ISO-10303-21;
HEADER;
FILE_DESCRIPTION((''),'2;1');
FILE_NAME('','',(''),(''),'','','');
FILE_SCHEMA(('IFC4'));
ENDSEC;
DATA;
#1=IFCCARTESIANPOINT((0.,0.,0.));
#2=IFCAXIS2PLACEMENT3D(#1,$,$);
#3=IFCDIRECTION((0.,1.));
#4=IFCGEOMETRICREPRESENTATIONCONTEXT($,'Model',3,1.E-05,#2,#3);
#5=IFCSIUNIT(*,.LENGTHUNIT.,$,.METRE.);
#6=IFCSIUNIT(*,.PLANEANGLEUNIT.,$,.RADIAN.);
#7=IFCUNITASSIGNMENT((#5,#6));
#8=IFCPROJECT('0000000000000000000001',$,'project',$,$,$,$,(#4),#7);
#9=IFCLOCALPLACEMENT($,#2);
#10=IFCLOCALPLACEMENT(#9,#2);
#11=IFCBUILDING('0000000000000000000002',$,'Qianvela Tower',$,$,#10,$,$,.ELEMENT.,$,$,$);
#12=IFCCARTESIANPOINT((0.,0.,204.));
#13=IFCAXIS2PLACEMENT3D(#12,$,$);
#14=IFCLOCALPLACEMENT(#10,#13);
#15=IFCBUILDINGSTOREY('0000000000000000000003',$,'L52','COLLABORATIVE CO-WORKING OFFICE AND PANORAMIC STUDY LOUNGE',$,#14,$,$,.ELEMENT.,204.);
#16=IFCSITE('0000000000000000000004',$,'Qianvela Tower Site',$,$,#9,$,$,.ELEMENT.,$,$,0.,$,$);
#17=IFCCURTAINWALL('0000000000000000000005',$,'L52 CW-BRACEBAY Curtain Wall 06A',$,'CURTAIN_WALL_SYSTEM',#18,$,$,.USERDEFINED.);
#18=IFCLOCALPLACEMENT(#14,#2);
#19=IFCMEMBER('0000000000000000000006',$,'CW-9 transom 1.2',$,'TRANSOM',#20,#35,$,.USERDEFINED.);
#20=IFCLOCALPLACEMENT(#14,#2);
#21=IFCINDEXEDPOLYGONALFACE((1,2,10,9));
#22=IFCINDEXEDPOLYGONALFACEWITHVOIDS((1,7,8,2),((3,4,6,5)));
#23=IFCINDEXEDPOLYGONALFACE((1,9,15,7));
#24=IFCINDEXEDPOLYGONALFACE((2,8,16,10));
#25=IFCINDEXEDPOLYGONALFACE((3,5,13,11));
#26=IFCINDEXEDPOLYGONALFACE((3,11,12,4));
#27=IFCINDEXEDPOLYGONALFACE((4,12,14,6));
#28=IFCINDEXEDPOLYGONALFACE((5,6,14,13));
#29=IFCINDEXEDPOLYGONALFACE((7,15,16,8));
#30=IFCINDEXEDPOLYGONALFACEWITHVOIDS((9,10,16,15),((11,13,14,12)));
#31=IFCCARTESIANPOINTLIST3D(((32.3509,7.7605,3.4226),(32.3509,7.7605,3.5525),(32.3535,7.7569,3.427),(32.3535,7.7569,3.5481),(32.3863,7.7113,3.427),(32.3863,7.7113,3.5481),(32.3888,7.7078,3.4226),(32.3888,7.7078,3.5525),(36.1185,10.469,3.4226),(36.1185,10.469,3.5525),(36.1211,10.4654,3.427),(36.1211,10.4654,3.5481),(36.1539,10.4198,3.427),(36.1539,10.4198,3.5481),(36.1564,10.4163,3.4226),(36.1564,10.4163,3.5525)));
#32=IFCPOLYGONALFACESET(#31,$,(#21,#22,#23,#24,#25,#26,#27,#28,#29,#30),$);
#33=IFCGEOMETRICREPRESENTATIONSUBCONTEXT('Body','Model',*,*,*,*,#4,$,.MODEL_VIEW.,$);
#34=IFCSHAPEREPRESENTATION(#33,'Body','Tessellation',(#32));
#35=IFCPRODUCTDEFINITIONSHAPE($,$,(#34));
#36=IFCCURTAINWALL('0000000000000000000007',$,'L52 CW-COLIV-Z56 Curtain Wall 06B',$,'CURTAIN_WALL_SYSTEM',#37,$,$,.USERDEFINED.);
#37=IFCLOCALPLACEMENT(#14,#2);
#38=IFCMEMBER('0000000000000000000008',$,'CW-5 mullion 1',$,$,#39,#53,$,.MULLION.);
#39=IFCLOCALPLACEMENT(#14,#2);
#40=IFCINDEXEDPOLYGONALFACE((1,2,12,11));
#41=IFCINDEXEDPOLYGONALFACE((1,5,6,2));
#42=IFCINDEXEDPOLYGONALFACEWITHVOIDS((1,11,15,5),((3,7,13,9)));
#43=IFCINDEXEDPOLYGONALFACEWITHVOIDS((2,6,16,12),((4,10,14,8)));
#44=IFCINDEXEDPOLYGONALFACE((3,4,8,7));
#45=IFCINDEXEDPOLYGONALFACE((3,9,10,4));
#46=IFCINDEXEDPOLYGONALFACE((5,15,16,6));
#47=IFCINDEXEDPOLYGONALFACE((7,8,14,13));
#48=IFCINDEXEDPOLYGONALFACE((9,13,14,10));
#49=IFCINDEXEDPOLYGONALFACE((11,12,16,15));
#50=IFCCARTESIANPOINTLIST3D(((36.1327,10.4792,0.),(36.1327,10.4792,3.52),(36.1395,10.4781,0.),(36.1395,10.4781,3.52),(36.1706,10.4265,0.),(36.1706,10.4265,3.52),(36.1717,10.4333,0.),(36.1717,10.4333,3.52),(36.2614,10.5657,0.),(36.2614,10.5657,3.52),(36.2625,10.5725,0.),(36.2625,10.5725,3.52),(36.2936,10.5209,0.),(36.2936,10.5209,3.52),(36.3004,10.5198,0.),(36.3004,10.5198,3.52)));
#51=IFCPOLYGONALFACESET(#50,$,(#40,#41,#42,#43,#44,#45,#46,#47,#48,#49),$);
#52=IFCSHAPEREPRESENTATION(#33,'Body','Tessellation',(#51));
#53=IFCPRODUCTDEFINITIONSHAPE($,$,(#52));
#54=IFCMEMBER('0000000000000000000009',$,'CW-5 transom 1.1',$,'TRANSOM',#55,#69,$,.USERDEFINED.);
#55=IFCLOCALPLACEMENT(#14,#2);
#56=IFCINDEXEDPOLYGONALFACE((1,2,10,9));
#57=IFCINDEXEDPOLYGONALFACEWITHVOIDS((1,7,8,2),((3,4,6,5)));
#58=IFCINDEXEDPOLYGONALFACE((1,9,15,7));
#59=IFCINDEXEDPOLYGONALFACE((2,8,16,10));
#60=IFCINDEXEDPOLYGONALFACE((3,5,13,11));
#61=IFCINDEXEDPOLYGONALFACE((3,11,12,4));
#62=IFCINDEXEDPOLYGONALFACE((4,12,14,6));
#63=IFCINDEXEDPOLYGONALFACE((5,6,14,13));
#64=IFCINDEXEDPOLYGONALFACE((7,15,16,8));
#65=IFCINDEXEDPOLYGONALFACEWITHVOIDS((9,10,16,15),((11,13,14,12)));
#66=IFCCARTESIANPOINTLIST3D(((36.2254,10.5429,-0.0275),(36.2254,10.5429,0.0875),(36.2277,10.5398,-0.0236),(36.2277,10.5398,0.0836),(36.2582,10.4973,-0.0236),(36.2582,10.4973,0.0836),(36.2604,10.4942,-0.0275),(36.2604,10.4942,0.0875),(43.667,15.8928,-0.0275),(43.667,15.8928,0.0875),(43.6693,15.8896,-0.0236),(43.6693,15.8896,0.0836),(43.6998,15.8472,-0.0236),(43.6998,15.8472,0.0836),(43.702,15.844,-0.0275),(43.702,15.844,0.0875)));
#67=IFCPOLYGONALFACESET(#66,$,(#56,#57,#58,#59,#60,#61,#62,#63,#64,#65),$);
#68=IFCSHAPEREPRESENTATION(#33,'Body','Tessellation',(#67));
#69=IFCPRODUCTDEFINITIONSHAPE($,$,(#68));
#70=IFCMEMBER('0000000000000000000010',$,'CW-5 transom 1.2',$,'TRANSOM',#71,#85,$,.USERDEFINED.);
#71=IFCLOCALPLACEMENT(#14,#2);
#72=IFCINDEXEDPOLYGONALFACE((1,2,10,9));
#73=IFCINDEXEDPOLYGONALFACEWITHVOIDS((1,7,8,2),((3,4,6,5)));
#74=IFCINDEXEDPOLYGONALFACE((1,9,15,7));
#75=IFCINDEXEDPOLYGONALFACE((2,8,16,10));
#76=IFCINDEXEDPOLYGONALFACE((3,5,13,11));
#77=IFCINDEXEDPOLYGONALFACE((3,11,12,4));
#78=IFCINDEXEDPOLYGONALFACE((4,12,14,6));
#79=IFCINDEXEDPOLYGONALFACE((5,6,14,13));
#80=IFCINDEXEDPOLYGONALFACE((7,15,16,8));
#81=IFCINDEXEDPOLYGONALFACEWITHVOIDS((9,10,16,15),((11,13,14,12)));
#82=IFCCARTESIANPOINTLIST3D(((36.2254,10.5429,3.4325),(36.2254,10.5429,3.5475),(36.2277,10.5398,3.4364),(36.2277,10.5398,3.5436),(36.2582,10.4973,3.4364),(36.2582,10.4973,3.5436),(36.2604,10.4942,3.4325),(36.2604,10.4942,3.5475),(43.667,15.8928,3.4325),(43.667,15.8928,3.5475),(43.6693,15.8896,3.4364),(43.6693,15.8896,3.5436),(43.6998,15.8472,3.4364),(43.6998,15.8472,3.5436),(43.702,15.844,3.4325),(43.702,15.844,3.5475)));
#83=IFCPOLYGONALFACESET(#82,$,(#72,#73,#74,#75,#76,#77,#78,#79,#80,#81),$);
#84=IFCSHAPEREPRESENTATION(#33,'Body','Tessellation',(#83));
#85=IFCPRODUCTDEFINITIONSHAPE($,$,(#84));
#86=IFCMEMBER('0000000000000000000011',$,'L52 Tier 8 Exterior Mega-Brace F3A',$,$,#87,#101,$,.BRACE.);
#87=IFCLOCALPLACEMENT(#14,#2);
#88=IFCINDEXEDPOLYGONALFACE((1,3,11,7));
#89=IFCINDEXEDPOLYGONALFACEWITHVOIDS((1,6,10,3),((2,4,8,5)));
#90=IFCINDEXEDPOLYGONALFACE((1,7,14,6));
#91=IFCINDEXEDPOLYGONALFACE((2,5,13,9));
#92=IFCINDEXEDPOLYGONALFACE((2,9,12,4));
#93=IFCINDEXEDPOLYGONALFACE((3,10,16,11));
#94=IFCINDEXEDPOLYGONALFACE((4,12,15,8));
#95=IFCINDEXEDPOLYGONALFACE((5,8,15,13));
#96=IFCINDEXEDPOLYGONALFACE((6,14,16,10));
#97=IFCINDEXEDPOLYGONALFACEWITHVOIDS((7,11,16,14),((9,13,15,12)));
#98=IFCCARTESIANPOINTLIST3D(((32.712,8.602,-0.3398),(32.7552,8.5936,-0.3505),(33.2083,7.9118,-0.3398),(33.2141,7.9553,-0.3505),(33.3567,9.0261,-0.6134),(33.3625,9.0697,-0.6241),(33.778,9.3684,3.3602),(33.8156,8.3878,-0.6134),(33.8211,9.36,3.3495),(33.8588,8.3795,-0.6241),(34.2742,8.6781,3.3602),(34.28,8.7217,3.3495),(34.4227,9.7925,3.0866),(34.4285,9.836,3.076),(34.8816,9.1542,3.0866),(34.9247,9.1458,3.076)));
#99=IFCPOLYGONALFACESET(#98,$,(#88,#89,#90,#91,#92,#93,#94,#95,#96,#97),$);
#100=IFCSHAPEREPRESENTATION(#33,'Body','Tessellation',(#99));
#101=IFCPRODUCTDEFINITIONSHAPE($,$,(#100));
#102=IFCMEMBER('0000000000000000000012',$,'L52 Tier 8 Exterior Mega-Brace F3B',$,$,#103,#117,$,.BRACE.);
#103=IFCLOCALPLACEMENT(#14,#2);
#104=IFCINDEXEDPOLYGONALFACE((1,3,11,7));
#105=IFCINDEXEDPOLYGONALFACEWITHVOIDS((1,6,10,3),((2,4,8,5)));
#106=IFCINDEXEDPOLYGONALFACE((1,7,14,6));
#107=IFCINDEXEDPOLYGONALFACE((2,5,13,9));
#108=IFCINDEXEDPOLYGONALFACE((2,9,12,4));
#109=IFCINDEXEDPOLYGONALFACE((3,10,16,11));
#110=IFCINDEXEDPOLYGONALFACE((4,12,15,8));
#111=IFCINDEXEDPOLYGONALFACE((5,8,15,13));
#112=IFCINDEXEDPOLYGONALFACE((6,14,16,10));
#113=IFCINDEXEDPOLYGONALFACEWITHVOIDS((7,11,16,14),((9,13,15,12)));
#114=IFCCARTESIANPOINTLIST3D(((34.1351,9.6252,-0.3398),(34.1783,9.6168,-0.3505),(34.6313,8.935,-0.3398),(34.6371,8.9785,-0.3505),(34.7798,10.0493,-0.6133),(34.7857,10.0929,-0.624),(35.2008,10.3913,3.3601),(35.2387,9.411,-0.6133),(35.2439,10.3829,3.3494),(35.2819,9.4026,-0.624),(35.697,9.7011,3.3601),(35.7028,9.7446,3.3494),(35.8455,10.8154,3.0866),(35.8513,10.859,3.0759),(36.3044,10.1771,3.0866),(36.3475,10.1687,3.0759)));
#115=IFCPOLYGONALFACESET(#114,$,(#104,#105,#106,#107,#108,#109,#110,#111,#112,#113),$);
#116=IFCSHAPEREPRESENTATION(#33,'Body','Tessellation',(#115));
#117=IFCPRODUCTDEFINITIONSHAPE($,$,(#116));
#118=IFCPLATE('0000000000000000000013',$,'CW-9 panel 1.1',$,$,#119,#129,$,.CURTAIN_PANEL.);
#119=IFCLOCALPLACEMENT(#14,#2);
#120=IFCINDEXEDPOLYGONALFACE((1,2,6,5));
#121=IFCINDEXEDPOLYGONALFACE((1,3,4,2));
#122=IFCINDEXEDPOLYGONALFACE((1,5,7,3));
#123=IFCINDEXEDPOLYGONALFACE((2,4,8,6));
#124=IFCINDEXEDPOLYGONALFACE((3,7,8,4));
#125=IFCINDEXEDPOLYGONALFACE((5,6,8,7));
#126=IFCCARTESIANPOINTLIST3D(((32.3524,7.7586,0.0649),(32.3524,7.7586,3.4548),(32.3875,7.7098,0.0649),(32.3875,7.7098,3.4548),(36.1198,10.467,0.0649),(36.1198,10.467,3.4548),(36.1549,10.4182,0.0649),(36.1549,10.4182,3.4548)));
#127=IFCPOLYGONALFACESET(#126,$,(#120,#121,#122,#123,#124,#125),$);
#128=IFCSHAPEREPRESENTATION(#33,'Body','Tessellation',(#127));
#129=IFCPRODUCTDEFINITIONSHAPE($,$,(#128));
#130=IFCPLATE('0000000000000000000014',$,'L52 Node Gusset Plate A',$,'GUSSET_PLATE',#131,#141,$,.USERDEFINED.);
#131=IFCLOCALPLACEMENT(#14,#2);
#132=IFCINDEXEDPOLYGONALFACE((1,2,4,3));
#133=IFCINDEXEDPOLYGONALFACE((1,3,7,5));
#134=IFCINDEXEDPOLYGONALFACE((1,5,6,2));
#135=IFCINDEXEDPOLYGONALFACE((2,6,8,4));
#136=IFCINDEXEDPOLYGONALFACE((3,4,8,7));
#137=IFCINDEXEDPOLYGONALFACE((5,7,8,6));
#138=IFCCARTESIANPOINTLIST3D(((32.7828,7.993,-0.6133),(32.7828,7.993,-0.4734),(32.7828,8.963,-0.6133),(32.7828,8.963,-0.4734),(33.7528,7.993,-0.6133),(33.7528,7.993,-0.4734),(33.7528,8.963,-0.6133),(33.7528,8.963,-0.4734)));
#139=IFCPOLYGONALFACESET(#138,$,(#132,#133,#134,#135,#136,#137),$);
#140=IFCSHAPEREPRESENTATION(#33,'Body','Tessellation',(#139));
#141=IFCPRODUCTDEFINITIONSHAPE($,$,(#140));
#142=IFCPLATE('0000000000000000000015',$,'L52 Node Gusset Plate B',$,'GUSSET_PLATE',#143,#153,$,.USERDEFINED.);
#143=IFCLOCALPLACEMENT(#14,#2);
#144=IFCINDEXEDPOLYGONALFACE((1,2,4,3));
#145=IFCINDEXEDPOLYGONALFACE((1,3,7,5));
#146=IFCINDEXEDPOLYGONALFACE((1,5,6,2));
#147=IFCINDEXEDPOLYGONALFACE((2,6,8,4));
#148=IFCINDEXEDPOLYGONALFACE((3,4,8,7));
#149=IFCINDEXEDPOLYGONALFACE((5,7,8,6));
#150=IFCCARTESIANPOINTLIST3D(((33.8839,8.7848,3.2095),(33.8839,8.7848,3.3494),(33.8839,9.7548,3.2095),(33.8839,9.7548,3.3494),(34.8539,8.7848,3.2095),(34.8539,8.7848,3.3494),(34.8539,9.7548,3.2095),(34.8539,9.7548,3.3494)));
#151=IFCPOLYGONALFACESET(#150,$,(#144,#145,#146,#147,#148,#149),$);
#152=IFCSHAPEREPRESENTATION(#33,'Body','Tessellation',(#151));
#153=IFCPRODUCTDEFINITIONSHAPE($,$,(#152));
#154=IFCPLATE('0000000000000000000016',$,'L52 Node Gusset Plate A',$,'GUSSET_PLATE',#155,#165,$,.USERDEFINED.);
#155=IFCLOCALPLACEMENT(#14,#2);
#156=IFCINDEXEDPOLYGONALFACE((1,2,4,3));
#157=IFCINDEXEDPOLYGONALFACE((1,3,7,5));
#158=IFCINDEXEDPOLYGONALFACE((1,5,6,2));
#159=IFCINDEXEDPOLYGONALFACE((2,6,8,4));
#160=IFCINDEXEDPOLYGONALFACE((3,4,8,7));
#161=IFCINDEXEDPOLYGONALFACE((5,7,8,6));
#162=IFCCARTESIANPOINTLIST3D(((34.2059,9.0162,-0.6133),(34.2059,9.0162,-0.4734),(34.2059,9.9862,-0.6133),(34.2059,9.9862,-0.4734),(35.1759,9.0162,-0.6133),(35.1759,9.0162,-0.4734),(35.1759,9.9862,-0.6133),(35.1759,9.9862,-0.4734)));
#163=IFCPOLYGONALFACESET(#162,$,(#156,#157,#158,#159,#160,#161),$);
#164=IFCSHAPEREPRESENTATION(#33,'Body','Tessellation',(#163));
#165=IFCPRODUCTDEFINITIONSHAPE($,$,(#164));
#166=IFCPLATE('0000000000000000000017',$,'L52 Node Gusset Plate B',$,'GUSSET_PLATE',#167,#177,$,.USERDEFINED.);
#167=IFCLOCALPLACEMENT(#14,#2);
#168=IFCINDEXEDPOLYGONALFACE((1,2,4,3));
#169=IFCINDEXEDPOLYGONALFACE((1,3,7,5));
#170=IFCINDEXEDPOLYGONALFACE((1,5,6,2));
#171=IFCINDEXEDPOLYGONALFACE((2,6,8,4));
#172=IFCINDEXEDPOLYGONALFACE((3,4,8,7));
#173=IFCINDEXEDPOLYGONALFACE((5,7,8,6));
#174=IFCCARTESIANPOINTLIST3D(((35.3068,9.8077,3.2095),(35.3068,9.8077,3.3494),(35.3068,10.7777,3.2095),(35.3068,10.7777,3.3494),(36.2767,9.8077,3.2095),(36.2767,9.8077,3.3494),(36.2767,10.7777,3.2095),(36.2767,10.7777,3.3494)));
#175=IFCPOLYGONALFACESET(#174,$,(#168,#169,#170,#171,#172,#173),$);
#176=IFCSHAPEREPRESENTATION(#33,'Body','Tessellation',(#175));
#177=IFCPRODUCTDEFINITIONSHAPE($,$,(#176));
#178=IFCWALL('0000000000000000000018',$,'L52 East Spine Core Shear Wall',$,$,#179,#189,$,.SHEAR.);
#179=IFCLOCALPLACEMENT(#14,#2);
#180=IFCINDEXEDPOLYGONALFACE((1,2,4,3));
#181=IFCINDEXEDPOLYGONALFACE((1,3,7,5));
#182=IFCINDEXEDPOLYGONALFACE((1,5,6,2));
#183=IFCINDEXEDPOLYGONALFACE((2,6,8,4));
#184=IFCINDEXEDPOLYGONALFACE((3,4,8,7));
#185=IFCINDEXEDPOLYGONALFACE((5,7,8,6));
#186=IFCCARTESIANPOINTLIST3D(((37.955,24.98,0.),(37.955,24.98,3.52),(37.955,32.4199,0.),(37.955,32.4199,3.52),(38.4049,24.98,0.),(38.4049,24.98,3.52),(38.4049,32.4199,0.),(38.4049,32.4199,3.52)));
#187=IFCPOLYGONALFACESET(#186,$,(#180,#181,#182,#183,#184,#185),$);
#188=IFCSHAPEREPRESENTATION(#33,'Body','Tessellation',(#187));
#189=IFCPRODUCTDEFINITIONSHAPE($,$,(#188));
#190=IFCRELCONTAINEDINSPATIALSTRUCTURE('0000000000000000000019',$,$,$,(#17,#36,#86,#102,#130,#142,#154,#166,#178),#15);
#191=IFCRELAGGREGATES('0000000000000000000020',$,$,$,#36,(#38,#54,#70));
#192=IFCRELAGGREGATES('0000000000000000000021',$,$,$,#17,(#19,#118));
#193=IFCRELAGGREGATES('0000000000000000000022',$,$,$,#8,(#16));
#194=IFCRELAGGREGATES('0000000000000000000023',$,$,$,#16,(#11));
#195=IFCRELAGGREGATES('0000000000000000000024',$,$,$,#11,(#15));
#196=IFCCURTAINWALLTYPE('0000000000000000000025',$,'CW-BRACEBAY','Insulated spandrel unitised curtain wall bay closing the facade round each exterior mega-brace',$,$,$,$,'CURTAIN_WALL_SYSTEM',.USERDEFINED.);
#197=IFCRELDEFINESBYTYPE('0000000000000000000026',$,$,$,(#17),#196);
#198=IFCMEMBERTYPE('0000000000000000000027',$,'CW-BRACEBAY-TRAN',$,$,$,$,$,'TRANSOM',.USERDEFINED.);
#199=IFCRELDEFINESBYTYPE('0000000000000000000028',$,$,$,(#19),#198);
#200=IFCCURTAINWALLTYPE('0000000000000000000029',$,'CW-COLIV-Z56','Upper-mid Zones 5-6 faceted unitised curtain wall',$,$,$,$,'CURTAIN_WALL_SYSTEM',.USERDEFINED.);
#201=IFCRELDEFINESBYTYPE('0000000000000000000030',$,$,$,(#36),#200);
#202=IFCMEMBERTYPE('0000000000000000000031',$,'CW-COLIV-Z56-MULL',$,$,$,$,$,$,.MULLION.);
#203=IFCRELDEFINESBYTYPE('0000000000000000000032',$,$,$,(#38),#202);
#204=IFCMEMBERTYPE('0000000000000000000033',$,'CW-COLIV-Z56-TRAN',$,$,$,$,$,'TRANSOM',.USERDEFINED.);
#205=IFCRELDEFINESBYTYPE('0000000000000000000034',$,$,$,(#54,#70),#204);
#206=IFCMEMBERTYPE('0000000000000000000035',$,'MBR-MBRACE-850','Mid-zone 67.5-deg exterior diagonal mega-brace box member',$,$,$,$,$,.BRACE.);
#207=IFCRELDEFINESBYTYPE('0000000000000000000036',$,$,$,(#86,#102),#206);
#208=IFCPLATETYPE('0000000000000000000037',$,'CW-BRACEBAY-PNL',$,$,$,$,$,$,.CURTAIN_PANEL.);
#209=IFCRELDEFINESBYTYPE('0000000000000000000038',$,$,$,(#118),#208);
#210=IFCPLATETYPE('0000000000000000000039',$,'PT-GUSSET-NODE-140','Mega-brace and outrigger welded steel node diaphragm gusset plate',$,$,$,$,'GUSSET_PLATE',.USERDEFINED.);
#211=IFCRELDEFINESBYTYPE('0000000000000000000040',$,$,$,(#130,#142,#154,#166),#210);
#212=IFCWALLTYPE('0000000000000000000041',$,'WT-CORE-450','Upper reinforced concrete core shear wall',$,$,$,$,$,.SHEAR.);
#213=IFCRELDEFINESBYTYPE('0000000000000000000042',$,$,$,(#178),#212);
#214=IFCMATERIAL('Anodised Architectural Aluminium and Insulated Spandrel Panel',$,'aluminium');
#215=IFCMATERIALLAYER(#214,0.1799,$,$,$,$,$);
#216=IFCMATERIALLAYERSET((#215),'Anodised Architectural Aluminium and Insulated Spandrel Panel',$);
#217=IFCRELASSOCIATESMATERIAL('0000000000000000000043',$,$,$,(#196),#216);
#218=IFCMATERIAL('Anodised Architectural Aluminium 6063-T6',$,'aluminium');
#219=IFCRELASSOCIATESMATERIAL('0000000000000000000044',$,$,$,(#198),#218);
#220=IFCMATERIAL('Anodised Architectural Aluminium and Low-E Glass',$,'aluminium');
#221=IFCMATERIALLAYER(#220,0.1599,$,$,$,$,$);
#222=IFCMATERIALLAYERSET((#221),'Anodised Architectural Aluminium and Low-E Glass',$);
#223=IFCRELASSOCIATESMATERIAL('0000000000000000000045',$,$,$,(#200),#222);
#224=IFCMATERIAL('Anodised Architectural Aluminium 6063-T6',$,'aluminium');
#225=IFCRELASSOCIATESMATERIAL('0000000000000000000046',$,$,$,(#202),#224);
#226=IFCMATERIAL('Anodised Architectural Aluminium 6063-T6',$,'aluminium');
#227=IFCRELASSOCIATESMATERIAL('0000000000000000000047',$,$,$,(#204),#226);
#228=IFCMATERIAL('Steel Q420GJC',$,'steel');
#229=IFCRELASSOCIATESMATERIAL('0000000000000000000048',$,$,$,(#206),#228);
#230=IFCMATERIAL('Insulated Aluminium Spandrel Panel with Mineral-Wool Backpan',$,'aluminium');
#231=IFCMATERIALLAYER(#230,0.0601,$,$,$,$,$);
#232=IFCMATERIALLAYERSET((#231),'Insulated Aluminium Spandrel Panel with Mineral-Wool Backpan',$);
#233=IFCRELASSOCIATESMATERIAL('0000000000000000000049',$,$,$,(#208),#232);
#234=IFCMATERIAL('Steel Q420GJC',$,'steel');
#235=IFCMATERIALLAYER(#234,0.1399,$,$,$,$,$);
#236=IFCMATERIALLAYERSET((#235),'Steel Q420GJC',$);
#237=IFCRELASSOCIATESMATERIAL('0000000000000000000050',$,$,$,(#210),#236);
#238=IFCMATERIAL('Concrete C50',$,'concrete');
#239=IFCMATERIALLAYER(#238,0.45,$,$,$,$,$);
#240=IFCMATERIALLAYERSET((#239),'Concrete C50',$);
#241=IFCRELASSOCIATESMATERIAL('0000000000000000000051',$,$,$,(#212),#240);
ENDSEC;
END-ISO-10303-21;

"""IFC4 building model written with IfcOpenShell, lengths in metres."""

from ifc_helpers import new_model, si_unit, direction, frame, frame_2d, origin, origin_2d, place, context, subcontext, project, spatial, rectangle, hollow_rectangle, extrude, material, layer, layer_set, material_profile, profile_set, type_object, element, aggregate, save


model = new_model("IFC4")

# Units and contexts
model_context = context("Model", 3, precision=1e-05, world=origin(), true_north=direction((0.0, 1.0)))
body_context = subcontext(model_context, "Body", "Model", "MODEL_VIEW")
ifc_project = project(units=[si_unit("LENGTHUNIT", "METRE"), si_unit("PLANEANGLEUNIT", "RADIAN")], contexts=[model_context])

# Site, building, storey
site_placement = place(None, origin())
site = spatial("IfcSite", under=ifc_project, at=site_placement, Name="Qianvela Tower Site", CompositionType="ELEMENT", RefElevation=0.0)
building_placement = place(site_placement, origin())
building = spatial("IfcBuilding", under=site, at=building_placement, Name="Qianvela Tower", CompositionType="ELEMENT")
storey_placement = place(building_placement, frame((0.0, 0.0, 204.0)))
storey = spatial("IfcBuildingStorey", under=building, at=storey_placement, Name="L52", Description="COLLABORATIVE CO-WORKING OFFICE AND PANORAMIC STUDY LOUNGE", CompositionType="ELEMENT", Elevation=204.0)

# Curtain walls, members
ifc_material_1 = material(Name="Anodised Architectural Aluminium and Insulated Spandrel Panel", Category="aluminium")
ifc_layer_1 = layer(ifc_material_1, 0.1799)
ifc_layer_set_1 = layer_set([ifc_layer_1], Name="Anodised Architectural Aluminium and Insulated Spandrel Panel")
curtain_wall_type_1 = type_object("IfcCurtainWallType", Name="CW-BRACEBAY", Description="Insulated spandrel unitised curtain wall bay closing the facade round each exterior mega-brace", ElementType="CURTAIN_WALL_SYSTEM", PredefinedType="USERDEFINED", material=ifc_layer_set_1)
curtain_wall_1_placement = place(storey_placement, origin())
curtain_wall_1 = element("IfcCurtainWall", 1, at=curtain_wall_1_placement, inside=storey, type_object=curtain_wall_type_1, Name="L52 CW-BRACEBAY Curtain Wall 06A", ObjectType="CURTAIN_WALL_SYSTEM", PredefinedType="USERDEFINED")
ifc_material_2 = material(Name="Anodised Architectural Aluminium 6063-T6", Category="aluminium")
ifc_material_profile_1 = material_profile(ifc_material_2, hollow_rectangle(XDim=0.0649, YDim=0.1299, WallThickness=0.0044, at=origin_2d()), Name="ALU-TRAN-65x130")
ifc_profile_set_1 = profile_set([ifc_material_profile_1], Name="Anodised Architectural Aluminium 6063-T6")
member_type_1 = type_object("IfcMemberType", Name="CW-BRACEBAY-TRAN", ElementType="TRANSOM", PredefinedType="USERDEFINED", material=ifc_profile_set_1)
member_1_placement = place(storey_placement, frame((32.3699, 7.7341, 3.4875), z_axis=(0.811959, 0.583714, 0.0), x_axis=(-0.583714, 0.811959, 0.0)))
member_1 = element("IfcMember", 2, at=member_1_placement, type_object=member_type_1, Name="CW-9 transom 1.2", ObjectType="TRANSOM", PredefinedType="USERDEFINED", context=body_context, shape_type="SweptSolid", body=[
    extrude(hollow_rectangle(XDim=0.0649, YDim=0.1299, WallThickness=0.0044, at=origin_2d()), origin(), (0.0, 0.0, 1.0), 4.6401),
])
ifc_material_3 = material(Name="Anodised Architectural Aluminium and Low-E Glass", Category="aluminium")
ifc_layer_2 = layer(ifc_material_3, 0.1599)
ifc_layer_set_2 = layer_set([ifc_layer_2], Name="Anodised Architectural Aluminium and Low-E Glass")
curtain_wall_type_2 = type_object("IfcCurtainWallType", Name="CW-COLIV-Z56", Description="Upper-mid Zones 5-6 faceted unitised curtain wall", ElementType="CURTAIN_WALL_SYSTEM", PredefinedType="USERDEFINED", material=ifc_layer_set_2)
curtain_wall_2_placement = place(storey_placement, origin())
curtain_wall_2 = element("IfcCurtainWall", 3, at=curtain_wall_2_placement, inside=storey, type_object=curtain_wall_type_2, Name="L52 CW-COLIV-Z56 Curtain Wall 06B", ObjectType="CURTAIN_WALL_SYSTEM", PredefinedType="USERDEFINED")
ifc_material_4 = material(Name="Anodised Architectural Aluminium 6063-T6", Category="aluminium")
ifc_material_profile_2 = material_profile(ifc_material_4, hollow_rectangle(XDim=0.0649, YDim=0.1599, WallThickness=0.0049, at=origin_2d()), Name="ALU-MULL-65x160")
ifc_profile_set_2 = profile_set([ifc_material_profile_2], Name="Anodised Architectural Aluminium 6063-T6")
member_type_2 = type_object("IfcMemberType", Name="CW-COLIV-Z56-MULL", PredefinedType="MULLION", material=ifc_profile_set_2)
member_2_placement = place(storey_placement, frame((36.2166, 10.4995, 0.0), z_axis=(0.0, 0.0, 1.0), x_axis=(-0.583725, 0.811952, 0.0)))
member_2 = element("IfcMember", 4, at=member_2_placement, type_object=member_type_2, Name="CW-5 mullion 1", PredefinedType="MULLION", context=body_context, shape_type="SweptSolid", body=[
    extrude(hollow_rectangle(XDim=0.0649, YDim=0.1599, WallThickness=0.0049, at=origin_2d()), origin(), (0.0, 0.0, 1.0), 3.52),
])
ifc_material_5 = material(Name="Anodised Architectural Aluminium 6063-T6", Category="aluminium")
ifc_material_profile_3 = material_profile(ifc_material_5, hollow_rectangle(XDim=0.0601, YDim=0.115, WallThickness=0.0039, at=origin_2d()), Name="ALU-TRAN-60x115")
ifc_profile_set_3 = profile_set([ifc_material_profile_3], Name="Anodised Architectural Aluminium 6063-T6")
member_type_3 = type_object("IfcMemberType", Name="CW-COLIV-Z56-TRAN", ElementType="TRANSOM", PredefinedType="USERDEFINED", material=ifc_profile_set_3)
member_3_placement = place(storey_placement, frame((36.2429, 10.5186, 0.03), z_axis=(0.811955, 0.58372, 0.0), x_axis=(-0.58372, 0.811955, 0.0)))
member_3 = element("IfcMember", 5, at=member_3_placement, type_object=member_type_3, Name="CW-5 transom 1.1", ObjectType="TRANSOM", PredefinedType="USERDEFINED", context=body_context, shape_type="SweptSolid", body=[
    extrude(hollow_rectangle(XDim=0.0601, YDim=0.115, WallThickness=0.0039, at=origin_2d()), origin(), (0.0, 0.0, 1.0), 9.165),
])
member_4_placement = place(storey_placement, frame((36.2429, 10.5186, 3.49), z_axis=(0.811955, 0.58372, 0.0), x_axis=(-0.58372, 0.811955, 0.0)))
member_4 = element("IfcMember", 6, at=member_4_placement, type_object=member_type_3, Name="CW-5 transom 1.2", ObjectType="TRANSOM", PredefinedType="USERDEFINED", context=body_context, shape_type="SweptSolid", body=[
    extrude(hollow_rectangle(XDim=0.0601, YDim=0.115, WallThickness=0.0039, at=origin_2d()), origin(), (0.0, 0.0, 1.0), 9.165),
])
aggregate(curtain_wall_2, [member_2, member_3, member_4])

# Members
ifc_material_6 = material(Name="Steel Q420GJC", Category="steel")
ifc_material_profile_4 = material_profile(ifc_material_6, hollow_rectangle(XDim=0.8501, YDim=0.8501, WallThickness=0.032, at=origin_2d()), Name="MBOX-850x850x32")
ifc_profile_set_4 = profile_set([ifc_material_profile_4], Name="Steel Q420GJC")
member_type_4 = type_object("IfcMemberType", Name="MBR-MBRACE-850", Description="Mid-zone 67.5-deg exterior diagonal mega-brace box member", PredefinedType="BRACE", material=ifc_profile_set_4)
member_5_placement = place(storey_placement, frame((33.2854, 8.4907, -0.4819), z_axis=(0.271505, 0.195203, 0.942433), x_axis=(-0.583751, 0.811933, 0.0)))
element("IfcMember", 7, at=member_5_placement, inside=storey, type_object=member_type_4, Name="L52 Tier 8 Exterior Mega-Brace F3A", PredefinedType="BRACE", context=body_context, shape_type="SweptSolid", body=[
    extrude(hollow_rectangle(XDim=0.8501, YDim=0.8501, WallThickness=0.032, at=origin_2d()), origin(), (0.0, 0.0, 1.0), 3.926),
])
member_6_placement = place(storey_placement, frame((34.7085, 9.5139, -0.4819), z_axis=(0.271451, 0.195146, 0.942461), x_axis=(-0.583717, 0.811958, 0.0)))
element("IfcMember", 8, at=member_6_placement, inside=storey, type_object=member_type_4, Name="L52 Tier 8 Exterior Mega-Brace F3B", PredefinedType="BRACE", context=body_context, shape_type="SweptSolid", body=[
    extrude(hollow_rectangle(XDim=0.8501, YDim=0.8501, WallThickness=0.032, at=origin_2d()), origin(), (0.0, 0.0, 1.0), 3.9258),
])

# Plate
ifc_material_7 = material(Name="Insulated Aluminium Spandrel Panel with Mineral-Wool Backpan", Category="aluminium")
ifc_layer_3 = layer(ifc_material_7, 0.0601)
ifc_layer_set_3 = layer_set([ifc_layer_3], Name="Insulated Aluminium Spandrel Panel with Mineral-Wool Backpan")
plate_type_1 = type_object("IfcPlateType", Name="CW-BRACEBAY-PNL", PredefinedType="CURTAIN_PANEL", material=ifc_layer_set_3)
plate_placement = place(storey_placement, frame((34.2537, 9.0884, 0.0649), z_axis=(0.0, 0.0, 1.0), x_axis=(0.811958, 0.583716, 0.0)))
plate = element("IfcPlate", 9, at=plate_placement, type_object=plate_type_1, Name="CW-9 panel 1.1", PredefinedType="CURTAIN_PANEL", context=body_context, shape_type="SweptSolid", body=[
    extrude(rectangle(XDim=4.6399, YDim=0.0601, at=origin_2d()), origin(), (0.0, 0.0, 1.0), 3.3899),
])
aggregate(curtain_wall_1, [member_1, plate])

# Plates
ifc_material_8 = material(Name="Steel Q420GJC", Category="steel")
ifc_layer_4 = layer(ifc_material_8, 0.1399)
ifc_layer_set_4 = layer_set([ifc_layer_4], Name="Steel Q420GJC")
plate_type_2 = type_object("IfcPlateType", Name="PT-GUSSET-NODE-140", Description="Mega-brace and outrigger welded steel node diaphragm gusset plate", ElementType="GUSSET_PLATE", PredefinedType="USERDEFINED", material=ifc_layer_set_4)
for number, where, z_axis, x_axis, name in (
    (10, (33.2678, 8.478, -0.6133), (0.0, 0.0, 1.0), (1.0, 0.0, 0.0), "L52 Node Gusset Plate A"),
    (11, (34.3689, 9.2698, 3.2095), (0.0, 0.0, 1.0), (1.0, 0.0, 0.0), "L52 Node Gusset Plate B"),
    (12, (34.6909, 9.5012, -0.6133), (0.0, 0.0, 1.0), (1.0, 0.0, 0.0), "L52 Node Gusset Plate A"),
    (13, (35.7917, 10.2927, 3.2095), (0.0, 0.0, 1.0), (1.0, 0.0, 0.0), "L52 Node Gusset Plate B"),
):
    element("IfcPlate", number, at=place(storey_placement, frame(where, z_axis=z_axis, x_axis=x_axis)), inside=storey, type_object=plate_type_2, Name=name, ObjectType="GUSSET_PLATE", PredefinedType="USERDEFINED", context=body_context, shape_type="SweptSolid", body=[
        extrude(rectangle(XDim=0.97, YDim=0.97, at=origin_2d()), origin(), (0.0, 0.0, 1.0), 0.1399),
    ])

# Wall
ifc_material_9 = material(Name="Concrete C50", Category="concrete")
ifc_layer_5 = layer(ifc_material_9, 0.45)
ifc_layer_set_5 = layer_set([ifc_layer_5], Name="Concrete C50")
wall_type_1 = type_object("IfcWallType", Name="WT-CORE-450", Description="Upper reinforced concrete core shear wall", PredefinedType="SHEAR", material=ifc_layer_set_5)
wall_1_placement = place(storey_placement, frame((38.1799, 24.98, 0.0), z_axis=(0.0, 0.0, 1.0), x_axis=(0.0, 1.0, 0.0)))
element("IfcWall", 14, at=wall_1_placement, inside=storey, type_object=wall_type_1, Name="L52 East Spine Core Shear Wall", PredefinedType="SHEAR", context=body_context, shape_type="SweptSolid", body=[
    extrude(rectangle(XDim=7.4399, YDim=0.45, at=frame_2d((3.72, 0.0))), origin(), (0.0, 0.0, 1.0), 3.52),
])

save(model, "model.ifc")
